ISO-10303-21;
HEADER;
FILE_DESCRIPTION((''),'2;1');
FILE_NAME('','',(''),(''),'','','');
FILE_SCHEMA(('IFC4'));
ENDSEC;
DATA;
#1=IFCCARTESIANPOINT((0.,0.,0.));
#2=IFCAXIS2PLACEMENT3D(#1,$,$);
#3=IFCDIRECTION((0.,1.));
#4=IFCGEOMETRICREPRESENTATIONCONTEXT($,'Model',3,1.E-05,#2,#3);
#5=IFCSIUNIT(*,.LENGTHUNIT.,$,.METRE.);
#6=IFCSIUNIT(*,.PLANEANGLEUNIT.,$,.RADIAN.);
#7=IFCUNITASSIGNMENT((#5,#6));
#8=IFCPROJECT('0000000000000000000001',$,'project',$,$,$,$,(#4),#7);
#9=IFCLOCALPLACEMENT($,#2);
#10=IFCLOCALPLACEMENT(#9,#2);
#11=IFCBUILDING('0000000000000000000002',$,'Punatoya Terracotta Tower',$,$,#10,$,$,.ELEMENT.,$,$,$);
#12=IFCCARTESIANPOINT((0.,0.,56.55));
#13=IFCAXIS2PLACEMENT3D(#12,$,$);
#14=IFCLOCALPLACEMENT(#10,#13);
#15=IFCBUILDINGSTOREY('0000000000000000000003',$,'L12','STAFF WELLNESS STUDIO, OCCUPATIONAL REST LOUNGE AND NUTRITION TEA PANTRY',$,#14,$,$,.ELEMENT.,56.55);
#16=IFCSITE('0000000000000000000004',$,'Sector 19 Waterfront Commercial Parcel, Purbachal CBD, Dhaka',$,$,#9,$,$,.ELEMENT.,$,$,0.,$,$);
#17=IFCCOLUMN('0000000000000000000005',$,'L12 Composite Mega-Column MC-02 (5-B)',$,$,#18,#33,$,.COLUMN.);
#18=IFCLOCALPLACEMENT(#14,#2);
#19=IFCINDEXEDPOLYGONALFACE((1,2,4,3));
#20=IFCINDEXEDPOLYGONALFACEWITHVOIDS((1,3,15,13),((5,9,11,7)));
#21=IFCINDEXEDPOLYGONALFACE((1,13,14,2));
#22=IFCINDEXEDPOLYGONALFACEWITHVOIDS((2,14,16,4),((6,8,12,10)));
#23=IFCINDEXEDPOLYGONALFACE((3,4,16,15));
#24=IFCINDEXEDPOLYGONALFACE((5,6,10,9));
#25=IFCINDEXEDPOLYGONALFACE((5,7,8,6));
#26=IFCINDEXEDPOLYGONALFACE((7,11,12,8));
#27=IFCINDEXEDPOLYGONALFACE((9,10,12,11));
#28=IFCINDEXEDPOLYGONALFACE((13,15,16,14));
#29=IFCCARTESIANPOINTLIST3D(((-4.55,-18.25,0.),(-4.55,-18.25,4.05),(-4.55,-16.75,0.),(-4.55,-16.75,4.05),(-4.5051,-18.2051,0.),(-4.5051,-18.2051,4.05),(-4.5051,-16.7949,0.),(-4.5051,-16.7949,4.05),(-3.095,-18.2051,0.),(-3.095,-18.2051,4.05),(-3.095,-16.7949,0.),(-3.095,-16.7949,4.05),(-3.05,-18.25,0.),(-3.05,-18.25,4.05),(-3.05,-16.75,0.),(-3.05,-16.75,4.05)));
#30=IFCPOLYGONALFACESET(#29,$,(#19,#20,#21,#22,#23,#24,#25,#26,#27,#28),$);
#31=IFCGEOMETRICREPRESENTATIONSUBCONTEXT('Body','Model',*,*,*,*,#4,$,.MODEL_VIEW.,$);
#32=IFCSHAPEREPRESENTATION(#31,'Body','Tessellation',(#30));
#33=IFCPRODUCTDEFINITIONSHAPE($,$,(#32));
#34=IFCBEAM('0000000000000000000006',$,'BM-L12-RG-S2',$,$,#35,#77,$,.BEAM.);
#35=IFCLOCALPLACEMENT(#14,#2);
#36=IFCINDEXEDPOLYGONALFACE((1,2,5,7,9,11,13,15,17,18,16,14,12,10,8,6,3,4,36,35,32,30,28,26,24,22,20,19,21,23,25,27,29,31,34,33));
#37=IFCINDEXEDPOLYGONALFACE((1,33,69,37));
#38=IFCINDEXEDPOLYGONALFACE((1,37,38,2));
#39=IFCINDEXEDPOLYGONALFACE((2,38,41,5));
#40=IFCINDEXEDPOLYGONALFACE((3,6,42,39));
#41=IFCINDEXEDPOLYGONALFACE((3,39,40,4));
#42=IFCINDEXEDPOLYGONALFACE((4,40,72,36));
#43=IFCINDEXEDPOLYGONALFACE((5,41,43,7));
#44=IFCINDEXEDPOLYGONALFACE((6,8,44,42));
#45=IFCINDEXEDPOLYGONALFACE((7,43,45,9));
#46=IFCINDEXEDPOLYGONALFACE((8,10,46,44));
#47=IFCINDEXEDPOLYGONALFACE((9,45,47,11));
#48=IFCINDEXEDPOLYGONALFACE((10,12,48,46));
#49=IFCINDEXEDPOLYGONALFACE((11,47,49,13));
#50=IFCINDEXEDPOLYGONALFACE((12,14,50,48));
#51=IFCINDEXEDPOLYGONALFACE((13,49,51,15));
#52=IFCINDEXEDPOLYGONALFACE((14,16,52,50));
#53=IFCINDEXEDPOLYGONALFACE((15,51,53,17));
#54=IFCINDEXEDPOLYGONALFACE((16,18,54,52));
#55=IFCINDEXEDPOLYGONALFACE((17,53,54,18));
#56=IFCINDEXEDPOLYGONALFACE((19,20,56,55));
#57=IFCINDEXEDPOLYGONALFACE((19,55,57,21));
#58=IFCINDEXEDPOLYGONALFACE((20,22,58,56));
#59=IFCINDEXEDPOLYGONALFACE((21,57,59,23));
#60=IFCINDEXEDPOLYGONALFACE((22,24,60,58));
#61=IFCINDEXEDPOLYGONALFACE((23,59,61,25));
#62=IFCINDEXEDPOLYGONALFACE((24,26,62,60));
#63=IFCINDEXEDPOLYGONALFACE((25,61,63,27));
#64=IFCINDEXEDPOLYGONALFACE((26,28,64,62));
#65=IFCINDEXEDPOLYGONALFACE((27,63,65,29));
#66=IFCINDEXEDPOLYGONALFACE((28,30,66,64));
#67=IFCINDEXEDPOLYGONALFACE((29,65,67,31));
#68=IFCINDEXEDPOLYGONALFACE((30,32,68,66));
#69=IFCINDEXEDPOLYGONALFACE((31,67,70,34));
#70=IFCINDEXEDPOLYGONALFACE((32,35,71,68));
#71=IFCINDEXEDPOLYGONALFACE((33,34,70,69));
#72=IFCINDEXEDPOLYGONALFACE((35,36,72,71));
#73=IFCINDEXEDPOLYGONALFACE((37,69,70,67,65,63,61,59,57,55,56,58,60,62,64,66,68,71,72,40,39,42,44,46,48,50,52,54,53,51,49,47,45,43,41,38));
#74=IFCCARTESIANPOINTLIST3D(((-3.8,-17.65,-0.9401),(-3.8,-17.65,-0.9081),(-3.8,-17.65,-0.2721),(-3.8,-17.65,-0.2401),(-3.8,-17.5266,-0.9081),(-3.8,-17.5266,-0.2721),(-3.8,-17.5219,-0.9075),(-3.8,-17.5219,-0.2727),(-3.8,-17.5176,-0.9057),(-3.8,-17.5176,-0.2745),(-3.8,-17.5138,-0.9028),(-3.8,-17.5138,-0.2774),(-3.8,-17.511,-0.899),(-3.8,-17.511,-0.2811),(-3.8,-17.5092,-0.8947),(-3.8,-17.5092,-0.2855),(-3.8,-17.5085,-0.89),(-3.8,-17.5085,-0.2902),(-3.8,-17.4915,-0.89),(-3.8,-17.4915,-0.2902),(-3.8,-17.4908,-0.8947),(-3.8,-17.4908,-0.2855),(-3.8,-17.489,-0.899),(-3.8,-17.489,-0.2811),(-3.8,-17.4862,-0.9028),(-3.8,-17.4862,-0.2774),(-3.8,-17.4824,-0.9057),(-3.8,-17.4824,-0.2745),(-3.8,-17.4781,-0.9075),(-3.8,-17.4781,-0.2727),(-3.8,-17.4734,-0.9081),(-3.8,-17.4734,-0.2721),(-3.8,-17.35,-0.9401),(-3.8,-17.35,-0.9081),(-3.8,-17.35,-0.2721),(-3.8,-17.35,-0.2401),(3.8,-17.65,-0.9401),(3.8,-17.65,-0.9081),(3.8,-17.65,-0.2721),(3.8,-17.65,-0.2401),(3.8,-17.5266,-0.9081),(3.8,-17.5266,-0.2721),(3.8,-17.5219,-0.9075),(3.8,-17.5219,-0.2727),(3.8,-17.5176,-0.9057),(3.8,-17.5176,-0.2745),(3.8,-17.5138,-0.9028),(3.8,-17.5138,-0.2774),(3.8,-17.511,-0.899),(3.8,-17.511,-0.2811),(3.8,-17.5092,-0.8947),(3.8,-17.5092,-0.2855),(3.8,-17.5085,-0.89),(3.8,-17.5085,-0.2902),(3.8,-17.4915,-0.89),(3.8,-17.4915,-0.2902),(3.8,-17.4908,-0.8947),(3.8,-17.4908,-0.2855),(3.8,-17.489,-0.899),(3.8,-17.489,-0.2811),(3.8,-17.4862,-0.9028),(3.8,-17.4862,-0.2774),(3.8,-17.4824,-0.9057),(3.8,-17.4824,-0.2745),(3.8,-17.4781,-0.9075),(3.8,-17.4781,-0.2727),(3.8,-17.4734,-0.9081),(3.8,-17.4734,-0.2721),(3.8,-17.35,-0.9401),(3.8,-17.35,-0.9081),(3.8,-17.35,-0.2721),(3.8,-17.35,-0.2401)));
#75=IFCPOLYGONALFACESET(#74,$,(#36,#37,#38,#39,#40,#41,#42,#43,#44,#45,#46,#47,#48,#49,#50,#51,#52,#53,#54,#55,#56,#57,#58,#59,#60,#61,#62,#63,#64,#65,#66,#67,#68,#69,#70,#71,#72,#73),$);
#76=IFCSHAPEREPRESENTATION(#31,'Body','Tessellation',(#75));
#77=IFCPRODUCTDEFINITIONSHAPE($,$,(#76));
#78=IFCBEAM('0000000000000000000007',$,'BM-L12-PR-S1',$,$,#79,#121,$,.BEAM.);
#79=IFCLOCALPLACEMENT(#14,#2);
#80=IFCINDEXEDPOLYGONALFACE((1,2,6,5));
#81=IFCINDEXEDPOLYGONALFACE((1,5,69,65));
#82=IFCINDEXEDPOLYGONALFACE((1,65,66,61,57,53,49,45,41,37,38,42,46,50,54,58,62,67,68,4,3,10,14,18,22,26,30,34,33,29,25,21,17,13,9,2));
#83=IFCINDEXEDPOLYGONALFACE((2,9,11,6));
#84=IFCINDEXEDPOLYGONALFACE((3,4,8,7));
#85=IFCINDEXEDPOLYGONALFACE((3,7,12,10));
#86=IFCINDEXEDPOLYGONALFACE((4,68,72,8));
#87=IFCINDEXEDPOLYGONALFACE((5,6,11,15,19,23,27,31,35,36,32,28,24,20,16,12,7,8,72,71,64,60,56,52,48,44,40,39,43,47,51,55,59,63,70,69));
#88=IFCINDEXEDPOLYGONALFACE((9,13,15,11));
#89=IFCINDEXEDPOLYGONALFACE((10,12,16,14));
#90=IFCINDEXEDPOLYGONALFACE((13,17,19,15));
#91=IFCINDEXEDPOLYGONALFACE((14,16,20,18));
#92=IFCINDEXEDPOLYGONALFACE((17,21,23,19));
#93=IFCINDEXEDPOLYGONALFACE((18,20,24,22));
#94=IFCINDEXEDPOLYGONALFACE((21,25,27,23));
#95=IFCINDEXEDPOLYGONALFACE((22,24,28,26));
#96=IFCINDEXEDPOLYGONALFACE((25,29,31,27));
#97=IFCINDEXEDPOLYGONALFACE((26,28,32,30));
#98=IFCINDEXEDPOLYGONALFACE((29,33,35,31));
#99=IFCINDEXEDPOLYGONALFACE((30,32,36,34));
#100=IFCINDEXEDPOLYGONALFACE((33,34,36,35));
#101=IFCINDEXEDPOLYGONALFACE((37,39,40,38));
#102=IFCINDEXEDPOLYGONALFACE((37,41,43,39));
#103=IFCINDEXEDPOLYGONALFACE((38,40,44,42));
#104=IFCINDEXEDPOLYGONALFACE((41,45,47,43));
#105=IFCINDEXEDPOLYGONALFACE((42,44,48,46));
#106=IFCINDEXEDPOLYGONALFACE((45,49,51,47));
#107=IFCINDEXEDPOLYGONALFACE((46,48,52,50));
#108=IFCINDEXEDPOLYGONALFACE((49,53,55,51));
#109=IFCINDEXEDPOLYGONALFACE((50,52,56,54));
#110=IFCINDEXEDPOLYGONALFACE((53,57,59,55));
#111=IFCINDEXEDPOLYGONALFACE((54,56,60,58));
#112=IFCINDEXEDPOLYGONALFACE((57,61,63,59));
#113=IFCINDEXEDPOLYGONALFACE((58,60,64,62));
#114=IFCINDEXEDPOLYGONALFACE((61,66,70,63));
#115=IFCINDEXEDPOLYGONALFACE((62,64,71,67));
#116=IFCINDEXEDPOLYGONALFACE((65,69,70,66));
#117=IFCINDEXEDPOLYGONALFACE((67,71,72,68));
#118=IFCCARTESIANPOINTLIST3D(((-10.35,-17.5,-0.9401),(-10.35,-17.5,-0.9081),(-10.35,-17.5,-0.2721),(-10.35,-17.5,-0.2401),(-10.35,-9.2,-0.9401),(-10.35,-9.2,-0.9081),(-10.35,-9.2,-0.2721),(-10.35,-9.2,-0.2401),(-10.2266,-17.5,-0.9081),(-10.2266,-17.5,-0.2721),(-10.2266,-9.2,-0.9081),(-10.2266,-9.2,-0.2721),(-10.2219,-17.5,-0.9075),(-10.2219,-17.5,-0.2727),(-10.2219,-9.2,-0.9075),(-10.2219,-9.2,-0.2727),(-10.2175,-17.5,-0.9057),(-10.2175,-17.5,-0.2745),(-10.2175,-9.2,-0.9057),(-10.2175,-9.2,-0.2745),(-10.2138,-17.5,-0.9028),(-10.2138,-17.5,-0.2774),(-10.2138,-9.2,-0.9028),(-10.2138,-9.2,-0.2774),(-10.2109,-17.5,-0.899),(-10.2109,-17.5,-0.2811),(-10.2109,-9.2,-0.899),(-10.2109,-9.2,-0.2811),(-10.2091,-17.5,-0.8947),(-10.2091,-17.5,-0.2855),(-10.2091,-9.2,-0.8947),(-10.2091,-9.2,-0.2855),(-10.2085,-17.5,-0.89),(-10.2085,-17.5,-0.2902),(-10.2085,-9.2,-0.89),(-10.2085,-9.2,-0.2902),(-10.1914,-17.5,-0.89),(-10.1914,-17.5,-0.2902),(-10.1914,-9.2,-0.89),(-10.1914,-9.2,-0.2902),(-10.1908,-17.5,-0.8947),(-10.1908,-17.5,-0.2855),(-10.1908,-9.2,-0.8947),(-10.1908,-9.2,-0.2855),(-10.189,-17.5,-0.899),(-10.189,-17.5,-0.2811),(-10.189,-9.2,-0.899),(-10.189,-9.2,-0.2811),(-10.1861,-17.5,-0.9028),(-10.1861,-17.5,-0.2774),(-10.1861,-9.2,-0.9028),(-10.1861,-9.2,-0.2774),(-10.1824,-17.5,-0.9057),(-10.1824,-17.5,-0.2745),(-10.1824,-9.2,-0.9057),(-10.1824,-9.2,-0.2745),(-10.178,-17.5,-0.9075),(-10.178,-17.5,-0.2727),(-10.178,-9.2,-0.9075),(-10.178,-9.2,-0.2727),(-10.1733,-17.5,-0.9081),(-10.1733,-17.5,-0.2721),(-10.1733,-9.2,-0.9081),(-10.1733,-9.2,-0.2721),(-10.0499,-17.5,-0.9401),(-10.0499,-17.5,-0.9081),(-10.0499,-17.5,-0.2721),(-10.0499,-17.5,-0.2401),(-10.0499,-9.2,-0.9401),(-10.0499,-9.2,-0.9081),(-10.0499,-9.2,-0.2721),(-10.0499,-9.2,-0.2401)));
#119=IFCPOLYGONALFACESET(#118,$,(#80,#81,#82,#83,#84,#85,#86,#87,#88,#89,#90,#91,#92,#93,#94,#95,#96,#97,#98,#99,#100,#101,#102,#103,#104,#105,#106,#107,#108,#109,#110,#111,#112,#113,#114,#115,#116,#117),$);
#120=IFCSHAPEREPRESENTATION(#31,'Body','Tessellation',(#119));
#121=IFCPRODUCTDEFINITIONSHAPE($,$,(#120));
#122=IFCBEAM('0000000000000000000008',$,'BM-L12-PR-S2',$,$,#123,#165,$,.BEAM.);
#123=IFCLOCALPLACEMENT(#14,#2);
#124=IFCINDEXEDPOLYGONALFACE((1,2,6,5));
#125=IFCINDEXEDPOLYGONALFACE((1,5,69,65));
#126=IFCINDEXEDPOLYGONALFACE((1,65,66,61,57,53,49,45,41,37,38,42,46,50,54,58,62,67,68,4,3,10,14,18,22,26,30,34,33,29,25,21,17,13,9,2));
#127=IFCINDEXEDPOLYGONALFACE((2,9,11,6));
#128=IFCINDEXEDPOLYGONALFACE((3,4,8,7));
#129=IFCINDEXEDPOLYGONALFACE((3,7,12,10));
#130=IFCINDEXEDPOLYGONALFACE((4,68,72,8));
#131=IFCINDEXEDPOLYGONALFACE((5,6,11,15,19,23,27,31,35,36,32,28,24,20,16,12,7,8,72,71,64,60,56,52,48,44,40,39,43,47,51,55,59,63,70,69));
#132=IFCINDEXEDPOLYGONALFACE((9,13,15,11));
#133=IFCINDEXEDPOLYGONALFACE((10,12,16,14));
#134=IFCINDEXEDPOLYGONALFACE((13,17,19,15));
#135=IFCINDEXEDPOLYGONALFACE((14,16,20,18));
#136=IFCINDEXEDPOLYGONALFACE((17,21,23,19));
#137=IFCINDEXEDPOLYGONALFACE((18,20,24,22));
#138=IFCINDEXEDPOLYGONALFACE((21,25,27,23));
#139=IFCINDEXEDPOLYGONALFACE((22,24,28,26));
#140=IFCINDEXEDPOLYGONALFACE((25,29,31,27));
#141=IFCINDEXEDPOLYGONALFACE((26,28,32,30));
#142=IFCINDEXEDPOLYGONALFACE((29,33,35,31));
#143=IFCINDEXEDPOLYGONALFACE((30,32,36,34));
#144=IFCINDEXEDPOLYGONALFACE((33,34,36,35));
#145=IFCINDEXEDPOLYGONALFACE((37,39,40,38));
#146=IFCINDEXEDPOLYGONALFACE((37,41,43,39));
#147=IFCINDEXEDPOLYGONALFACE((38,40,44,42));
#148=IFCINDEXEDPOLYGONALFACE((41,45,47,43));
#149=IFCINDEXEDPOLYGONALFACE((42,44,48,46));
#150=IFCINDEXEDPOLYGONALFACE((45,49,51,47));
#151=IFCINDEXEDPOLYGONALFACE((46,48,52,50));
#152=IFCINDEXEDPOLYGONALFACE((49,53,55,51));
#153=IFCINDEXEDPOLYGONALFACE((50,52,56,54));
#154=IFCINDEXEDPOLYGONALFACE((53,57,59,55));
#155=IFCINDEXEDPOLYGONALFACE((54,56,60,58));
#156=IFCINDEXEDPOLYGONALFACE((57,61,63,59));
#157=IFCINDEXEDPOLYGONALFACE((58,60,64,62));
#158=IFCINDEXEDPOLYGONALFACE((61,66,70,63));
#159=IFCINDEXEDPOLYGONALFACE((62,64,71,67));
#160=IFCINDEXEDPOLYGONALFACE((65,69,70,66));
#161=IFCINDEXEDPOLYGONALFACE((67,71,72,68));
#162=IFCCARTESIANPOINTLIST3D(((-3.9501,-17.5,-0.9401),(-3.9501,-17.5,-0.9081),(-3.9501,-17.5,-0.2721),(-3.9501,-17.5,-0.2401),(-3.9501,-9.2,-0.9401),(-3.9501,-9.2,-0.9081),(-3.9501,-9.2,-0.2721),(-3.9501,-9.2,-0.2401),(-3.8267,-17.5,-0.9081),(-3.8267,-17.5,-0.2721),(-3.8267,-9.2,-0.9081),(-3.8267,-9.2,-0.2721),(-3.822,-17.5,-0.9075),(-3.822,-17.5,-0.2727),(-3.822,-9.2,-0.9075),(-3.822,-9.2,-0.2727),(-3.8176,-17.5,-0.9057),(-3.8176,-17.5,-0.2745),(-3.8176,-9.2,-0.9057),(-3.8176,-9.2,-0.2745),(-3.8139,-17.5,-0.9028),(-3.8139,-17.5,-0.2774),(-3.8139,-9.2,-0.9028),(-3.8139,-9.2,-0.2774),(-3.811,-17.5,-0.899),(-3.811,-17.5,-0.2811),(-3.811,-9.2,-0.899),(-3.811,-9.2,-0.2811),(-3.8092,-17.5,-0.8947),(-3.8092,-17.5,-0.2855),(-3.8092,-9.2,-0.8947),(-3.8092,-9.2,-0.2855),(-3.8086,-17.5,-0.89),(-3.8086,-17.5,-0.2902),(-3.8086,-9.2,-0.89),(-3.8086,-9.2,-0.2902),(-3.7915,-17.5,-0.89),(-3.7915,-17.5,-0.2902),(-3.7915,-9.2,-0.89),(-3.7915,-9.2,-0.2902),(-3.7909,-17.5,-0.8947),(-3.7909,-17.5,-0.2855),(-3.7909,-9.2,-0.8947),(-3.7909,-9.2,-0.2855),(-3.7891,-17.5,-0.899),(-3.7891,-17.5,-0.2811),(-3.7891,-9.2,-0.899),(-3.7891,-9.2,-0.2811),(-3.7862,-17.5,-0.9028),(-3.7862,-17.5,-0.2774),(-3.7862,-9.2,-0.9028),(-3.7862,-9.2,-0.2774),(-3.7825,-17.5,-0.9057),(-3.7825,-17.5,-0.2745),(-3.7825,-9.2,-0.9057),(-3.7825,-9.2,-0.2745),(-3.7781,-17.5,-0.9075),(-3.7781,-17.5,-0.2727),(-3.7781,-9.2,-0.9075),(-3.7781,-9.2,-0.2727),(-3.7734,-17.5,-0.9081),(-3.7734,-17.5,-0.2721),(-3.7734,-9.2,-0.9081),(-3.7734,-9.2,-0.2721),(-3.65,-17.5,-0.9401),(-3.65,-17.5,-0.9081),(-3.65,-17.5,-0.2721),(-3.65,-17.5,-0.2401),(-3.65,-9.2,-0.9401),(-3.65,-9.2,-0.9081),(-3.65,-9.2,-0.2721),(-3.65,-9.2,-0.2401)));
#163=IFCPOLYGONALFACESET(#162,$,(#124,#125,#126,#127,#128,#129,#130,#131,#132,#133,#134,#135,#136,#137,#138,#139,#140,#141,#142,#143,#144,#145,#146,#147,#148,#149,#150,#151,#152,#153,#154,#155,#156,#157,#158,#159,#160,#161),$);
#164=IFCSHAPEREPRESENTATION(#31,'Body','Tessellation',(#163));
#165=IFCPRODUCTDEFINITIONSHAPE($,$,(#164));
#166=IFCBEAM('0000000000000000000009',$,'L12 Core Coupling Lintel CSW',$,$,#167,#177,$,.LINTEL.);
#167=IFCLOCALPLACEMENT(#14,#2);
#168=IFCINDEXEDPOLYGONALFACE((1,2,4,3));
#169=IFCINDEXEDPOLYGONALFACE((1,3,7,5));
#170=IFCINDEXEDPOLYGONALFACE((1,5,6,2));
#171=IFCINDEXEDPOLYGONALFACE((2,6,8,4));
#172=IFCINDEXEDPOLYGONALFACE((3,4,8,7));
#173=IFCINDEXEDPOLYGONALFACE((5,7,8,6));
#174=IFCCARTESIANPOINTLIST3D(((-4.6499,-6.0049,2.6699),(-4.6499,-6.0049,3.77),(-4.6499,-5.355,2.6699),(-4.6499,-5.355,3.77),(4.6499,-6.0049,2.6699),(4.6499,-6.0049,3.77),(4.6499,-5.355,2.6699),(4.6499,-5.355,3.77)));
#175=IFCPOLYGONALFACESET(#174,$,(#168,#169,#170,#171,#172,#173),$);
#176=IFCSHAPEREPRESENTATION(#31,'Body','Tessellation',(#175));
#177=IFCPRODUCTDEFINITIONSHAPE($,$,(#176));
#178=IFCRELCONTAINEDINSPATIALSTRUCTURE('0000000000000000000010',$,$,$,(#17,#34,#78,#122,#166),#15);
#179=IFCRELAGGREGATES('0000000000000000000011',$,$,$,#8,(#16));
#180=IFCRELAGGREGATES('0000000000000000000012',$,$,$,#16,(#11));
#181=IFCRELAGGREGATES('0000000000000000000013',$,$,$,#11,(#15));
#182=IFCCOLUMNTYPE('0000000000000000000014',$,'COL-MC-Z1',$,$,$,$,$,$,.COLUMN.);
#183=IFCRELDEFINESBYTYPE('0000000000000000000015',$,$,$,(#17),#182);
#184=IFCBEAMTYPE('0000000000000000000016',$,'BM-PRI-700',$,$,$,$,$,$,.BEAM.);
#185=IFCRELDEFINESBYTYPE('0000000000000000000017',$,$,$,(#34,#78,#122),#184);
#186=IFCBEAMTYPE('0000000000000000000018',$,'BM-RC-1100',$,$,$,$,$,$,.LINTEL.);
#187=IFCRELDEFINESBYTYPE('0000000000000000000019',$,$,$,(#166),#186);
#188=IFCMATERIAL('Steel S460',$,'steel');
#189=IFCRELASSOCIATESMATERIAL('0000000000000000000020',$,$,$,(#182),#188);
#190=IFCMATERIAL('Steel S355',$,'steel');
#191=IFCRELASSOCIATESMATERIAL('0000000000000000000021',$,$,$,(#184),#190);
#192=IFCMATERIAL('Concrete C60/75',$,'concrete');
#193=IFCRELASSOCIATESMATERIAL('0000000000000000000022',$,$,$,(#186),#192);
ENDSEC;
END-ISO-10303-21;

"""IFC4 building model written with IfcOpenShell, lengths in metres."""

from ifc_helpers import new_model, si_unit, direction, frame, origin, origin_2d, place, context, subcontext, project, spatial, rectangle, hollow_rectangle, i_section, extrude, material, material_profile, profile_set, type_object, element, save


model = new_model("IFC4")

# Units and contexts
model_context = context("Model", 3, precision=1e-05, world=origin(), true_north=direction((0.0, 1.0)))
body_context = subcontext(model_context, "Body", "Model", "MODEL_VIEW")
ifc_project = project(units=[si_unit("LENGTHUNIT", "METRE"), si_unit("PLANEANGLEUNIT", "RADIAN")], contexts=[model_context])

# Site, building, storey
site_placement = place(None, origin())
site = spatial("IfcSite", under=ifc_project, at=site_placement, Name="Sector 19 Waterfront Commercial Parcel, Purbachal CBD, Dhaka", CompositionType="ELEMENT", RefElevation=0.0)
building_placement = place(site_placement, origin())
building = spatial("IfcBuilding", under=site, at=building_placement, Name="Punatoya Terracotta Tower", CompositionType="ELEMENT")
storey_placement = place(building_placement, frame((0.0, 0.0, 56.55)))
storey = spatial("IfcBuildingStorey", under=building, at=storey_placement, Name="L12", Description="STAFF WELLNESS STUDIO, OCCUPATIONAL REST LOUNGE AND NUTRITION TEA PANTRY", CompositionType="ELEMENT", Elevation=56.55)

# Column
ifc_material_1 = material(Name="Steel S460", Category="steel")
ifc_material_profile_1 = material_profile(ifc_material_1, hollow_rectangle(XDim=1.5, YDim=1.5, WallThickness=0.0449, at=origin_2d()))
ifc_profile_set_1 = profile_set([ifc_material_profile_1], Name="Steel S460")
column_type = type_object("IfcColumnType", Name="COL-MC-Z1", PredefinedType="COLUMN", material=ifc_profile_set_1)
column_placement = place(storey_placement, frame((-3.8, -17.5, 0.0), z_axis=(0.0, 0.0, 1.0), x_axis=(1.0, 0.0, 0.0)))
element("IfcColumn", 1, at=column_placement, inside=storey, type_object=column_type, Name="L12 Composite Mega-Column MC-02 (5-B)", PredefinedType="COLUMN", context=body_context, shape_type="SweptSolid", body=[
    extrude(hollow_rectangle(XDim=1.5, YDim=1.5, WallThickness=0.0449, at=origin_2d()), origin(), (0.0, 0.0, 1.0), 4.05),
])

# Beams
ifc_material_2 = material(Name="Steel S355", Category="steel")
ifc_material_profile_2 = material_profile(ifc_material_2, i_section(OverallWidth=0.3, OverallDepth=0.7, WebThickness=0.0171, FlangeThickness=0.032, FilletRadius=0.0181, at=origin_2d()))
ifc_profile_set_2 = profile_set([ifc_material_profile_2], Name="Steel S355")
beam_type_1 = type_object("IfcBeamType", Name="BM-PRI-700", PredefinedType="BEAM", material=ifc_profile_set_2)
beam_1_placement = place(storey_placement, frame((-3.8, -17.5, -0.5901), z_axis=(1.0, 0.0, 0.0), x_axis=(0.0, 1.0, 0.0)))
element("IfcBeam", 2, at=beam_1_placement, inside=storey, type_object=beam_type_1, Name="BM-L12-RG-S2", PredefinedType="BEAM", context=body_context, shape_type="SweptSolid", body=[
    extrude(i_section(OverallWidth=0.3, OverallDepth=0.7, WebThickness=0.0171, FlangeThickness=0.032, FilletRadius=0.0181, at=origin_2d()), origin(), (0.0, 0.0, 1.0), 7.6001),
])
for number, where, z_axis, x_axis, name in (
    (3, (-10.2, -17.5, -0.5901), (0.0, 1.0, 0.0), (-1.0, 0.0, 0.0), "BM-L12-PR-S1"),
    (4, (-3.8, -17.5, -0.5901), (0.0, 1.0, 0.0), (-1.0, 0.0, 0.0), "BM-L12-PR-S2"),
):
    element("IfcBeam", number, at=place(storey_placement, frame(where, z_axis=z_axis, x_axis=x_axis)), inside=storey, type_object=beam_type_1, Name=name, PredefinedType="BEAM", context=body_context, shape_type="SweptSolid", body=[
        extrude(i_section(OverallWidth=0.3, OverallDepth=0.7, WebThickness=0.0171, FlangeThickness=0.032, FilletRadius=0.0181, at=origin_2d()), origin(), (0.0, 0.0, 1.0), 8.3),
    ])
ifc_material_3 = material(Name="Concrete C60/75", Category="concrete")
ifc_material_profile_3 = material_profile(ifc_material_3, rectangle(XDim=0.6499, YDim=1.1001, at=origin_2d()))
ifc_profile_set_3 = profile_set([ifc_material_profile_3], Name="Concrete C60/75")
beam_type_2 = type_object("IfcBeamType", Name="BM-RC-1100", PredefinedType="LINTEL", material=ifc_profile_set_3)
beam_2_placement = place(storey_placement, frame((-4.6499, -5.6799, 3.22), z_axis=(1.0, 0.0, 0.0), x_axis=(0.0, 1.0, 0.0)))
element("IfcBeam", 5, at=beam_2_placement, inside=storey, type_object=beam_type_2, Name="L12 Core Coupling Lintel CSW", PredefinedType="LINTEL", context=body_context, shape_type="SweptSolid", body=[
    extrude(rectangle(XDim=0.6499, YDim=1.1001, at=origin_2d()), origin(), (0.0, 0.0, 1.0), 9.2998),
])

save(model, "model.ifc")
